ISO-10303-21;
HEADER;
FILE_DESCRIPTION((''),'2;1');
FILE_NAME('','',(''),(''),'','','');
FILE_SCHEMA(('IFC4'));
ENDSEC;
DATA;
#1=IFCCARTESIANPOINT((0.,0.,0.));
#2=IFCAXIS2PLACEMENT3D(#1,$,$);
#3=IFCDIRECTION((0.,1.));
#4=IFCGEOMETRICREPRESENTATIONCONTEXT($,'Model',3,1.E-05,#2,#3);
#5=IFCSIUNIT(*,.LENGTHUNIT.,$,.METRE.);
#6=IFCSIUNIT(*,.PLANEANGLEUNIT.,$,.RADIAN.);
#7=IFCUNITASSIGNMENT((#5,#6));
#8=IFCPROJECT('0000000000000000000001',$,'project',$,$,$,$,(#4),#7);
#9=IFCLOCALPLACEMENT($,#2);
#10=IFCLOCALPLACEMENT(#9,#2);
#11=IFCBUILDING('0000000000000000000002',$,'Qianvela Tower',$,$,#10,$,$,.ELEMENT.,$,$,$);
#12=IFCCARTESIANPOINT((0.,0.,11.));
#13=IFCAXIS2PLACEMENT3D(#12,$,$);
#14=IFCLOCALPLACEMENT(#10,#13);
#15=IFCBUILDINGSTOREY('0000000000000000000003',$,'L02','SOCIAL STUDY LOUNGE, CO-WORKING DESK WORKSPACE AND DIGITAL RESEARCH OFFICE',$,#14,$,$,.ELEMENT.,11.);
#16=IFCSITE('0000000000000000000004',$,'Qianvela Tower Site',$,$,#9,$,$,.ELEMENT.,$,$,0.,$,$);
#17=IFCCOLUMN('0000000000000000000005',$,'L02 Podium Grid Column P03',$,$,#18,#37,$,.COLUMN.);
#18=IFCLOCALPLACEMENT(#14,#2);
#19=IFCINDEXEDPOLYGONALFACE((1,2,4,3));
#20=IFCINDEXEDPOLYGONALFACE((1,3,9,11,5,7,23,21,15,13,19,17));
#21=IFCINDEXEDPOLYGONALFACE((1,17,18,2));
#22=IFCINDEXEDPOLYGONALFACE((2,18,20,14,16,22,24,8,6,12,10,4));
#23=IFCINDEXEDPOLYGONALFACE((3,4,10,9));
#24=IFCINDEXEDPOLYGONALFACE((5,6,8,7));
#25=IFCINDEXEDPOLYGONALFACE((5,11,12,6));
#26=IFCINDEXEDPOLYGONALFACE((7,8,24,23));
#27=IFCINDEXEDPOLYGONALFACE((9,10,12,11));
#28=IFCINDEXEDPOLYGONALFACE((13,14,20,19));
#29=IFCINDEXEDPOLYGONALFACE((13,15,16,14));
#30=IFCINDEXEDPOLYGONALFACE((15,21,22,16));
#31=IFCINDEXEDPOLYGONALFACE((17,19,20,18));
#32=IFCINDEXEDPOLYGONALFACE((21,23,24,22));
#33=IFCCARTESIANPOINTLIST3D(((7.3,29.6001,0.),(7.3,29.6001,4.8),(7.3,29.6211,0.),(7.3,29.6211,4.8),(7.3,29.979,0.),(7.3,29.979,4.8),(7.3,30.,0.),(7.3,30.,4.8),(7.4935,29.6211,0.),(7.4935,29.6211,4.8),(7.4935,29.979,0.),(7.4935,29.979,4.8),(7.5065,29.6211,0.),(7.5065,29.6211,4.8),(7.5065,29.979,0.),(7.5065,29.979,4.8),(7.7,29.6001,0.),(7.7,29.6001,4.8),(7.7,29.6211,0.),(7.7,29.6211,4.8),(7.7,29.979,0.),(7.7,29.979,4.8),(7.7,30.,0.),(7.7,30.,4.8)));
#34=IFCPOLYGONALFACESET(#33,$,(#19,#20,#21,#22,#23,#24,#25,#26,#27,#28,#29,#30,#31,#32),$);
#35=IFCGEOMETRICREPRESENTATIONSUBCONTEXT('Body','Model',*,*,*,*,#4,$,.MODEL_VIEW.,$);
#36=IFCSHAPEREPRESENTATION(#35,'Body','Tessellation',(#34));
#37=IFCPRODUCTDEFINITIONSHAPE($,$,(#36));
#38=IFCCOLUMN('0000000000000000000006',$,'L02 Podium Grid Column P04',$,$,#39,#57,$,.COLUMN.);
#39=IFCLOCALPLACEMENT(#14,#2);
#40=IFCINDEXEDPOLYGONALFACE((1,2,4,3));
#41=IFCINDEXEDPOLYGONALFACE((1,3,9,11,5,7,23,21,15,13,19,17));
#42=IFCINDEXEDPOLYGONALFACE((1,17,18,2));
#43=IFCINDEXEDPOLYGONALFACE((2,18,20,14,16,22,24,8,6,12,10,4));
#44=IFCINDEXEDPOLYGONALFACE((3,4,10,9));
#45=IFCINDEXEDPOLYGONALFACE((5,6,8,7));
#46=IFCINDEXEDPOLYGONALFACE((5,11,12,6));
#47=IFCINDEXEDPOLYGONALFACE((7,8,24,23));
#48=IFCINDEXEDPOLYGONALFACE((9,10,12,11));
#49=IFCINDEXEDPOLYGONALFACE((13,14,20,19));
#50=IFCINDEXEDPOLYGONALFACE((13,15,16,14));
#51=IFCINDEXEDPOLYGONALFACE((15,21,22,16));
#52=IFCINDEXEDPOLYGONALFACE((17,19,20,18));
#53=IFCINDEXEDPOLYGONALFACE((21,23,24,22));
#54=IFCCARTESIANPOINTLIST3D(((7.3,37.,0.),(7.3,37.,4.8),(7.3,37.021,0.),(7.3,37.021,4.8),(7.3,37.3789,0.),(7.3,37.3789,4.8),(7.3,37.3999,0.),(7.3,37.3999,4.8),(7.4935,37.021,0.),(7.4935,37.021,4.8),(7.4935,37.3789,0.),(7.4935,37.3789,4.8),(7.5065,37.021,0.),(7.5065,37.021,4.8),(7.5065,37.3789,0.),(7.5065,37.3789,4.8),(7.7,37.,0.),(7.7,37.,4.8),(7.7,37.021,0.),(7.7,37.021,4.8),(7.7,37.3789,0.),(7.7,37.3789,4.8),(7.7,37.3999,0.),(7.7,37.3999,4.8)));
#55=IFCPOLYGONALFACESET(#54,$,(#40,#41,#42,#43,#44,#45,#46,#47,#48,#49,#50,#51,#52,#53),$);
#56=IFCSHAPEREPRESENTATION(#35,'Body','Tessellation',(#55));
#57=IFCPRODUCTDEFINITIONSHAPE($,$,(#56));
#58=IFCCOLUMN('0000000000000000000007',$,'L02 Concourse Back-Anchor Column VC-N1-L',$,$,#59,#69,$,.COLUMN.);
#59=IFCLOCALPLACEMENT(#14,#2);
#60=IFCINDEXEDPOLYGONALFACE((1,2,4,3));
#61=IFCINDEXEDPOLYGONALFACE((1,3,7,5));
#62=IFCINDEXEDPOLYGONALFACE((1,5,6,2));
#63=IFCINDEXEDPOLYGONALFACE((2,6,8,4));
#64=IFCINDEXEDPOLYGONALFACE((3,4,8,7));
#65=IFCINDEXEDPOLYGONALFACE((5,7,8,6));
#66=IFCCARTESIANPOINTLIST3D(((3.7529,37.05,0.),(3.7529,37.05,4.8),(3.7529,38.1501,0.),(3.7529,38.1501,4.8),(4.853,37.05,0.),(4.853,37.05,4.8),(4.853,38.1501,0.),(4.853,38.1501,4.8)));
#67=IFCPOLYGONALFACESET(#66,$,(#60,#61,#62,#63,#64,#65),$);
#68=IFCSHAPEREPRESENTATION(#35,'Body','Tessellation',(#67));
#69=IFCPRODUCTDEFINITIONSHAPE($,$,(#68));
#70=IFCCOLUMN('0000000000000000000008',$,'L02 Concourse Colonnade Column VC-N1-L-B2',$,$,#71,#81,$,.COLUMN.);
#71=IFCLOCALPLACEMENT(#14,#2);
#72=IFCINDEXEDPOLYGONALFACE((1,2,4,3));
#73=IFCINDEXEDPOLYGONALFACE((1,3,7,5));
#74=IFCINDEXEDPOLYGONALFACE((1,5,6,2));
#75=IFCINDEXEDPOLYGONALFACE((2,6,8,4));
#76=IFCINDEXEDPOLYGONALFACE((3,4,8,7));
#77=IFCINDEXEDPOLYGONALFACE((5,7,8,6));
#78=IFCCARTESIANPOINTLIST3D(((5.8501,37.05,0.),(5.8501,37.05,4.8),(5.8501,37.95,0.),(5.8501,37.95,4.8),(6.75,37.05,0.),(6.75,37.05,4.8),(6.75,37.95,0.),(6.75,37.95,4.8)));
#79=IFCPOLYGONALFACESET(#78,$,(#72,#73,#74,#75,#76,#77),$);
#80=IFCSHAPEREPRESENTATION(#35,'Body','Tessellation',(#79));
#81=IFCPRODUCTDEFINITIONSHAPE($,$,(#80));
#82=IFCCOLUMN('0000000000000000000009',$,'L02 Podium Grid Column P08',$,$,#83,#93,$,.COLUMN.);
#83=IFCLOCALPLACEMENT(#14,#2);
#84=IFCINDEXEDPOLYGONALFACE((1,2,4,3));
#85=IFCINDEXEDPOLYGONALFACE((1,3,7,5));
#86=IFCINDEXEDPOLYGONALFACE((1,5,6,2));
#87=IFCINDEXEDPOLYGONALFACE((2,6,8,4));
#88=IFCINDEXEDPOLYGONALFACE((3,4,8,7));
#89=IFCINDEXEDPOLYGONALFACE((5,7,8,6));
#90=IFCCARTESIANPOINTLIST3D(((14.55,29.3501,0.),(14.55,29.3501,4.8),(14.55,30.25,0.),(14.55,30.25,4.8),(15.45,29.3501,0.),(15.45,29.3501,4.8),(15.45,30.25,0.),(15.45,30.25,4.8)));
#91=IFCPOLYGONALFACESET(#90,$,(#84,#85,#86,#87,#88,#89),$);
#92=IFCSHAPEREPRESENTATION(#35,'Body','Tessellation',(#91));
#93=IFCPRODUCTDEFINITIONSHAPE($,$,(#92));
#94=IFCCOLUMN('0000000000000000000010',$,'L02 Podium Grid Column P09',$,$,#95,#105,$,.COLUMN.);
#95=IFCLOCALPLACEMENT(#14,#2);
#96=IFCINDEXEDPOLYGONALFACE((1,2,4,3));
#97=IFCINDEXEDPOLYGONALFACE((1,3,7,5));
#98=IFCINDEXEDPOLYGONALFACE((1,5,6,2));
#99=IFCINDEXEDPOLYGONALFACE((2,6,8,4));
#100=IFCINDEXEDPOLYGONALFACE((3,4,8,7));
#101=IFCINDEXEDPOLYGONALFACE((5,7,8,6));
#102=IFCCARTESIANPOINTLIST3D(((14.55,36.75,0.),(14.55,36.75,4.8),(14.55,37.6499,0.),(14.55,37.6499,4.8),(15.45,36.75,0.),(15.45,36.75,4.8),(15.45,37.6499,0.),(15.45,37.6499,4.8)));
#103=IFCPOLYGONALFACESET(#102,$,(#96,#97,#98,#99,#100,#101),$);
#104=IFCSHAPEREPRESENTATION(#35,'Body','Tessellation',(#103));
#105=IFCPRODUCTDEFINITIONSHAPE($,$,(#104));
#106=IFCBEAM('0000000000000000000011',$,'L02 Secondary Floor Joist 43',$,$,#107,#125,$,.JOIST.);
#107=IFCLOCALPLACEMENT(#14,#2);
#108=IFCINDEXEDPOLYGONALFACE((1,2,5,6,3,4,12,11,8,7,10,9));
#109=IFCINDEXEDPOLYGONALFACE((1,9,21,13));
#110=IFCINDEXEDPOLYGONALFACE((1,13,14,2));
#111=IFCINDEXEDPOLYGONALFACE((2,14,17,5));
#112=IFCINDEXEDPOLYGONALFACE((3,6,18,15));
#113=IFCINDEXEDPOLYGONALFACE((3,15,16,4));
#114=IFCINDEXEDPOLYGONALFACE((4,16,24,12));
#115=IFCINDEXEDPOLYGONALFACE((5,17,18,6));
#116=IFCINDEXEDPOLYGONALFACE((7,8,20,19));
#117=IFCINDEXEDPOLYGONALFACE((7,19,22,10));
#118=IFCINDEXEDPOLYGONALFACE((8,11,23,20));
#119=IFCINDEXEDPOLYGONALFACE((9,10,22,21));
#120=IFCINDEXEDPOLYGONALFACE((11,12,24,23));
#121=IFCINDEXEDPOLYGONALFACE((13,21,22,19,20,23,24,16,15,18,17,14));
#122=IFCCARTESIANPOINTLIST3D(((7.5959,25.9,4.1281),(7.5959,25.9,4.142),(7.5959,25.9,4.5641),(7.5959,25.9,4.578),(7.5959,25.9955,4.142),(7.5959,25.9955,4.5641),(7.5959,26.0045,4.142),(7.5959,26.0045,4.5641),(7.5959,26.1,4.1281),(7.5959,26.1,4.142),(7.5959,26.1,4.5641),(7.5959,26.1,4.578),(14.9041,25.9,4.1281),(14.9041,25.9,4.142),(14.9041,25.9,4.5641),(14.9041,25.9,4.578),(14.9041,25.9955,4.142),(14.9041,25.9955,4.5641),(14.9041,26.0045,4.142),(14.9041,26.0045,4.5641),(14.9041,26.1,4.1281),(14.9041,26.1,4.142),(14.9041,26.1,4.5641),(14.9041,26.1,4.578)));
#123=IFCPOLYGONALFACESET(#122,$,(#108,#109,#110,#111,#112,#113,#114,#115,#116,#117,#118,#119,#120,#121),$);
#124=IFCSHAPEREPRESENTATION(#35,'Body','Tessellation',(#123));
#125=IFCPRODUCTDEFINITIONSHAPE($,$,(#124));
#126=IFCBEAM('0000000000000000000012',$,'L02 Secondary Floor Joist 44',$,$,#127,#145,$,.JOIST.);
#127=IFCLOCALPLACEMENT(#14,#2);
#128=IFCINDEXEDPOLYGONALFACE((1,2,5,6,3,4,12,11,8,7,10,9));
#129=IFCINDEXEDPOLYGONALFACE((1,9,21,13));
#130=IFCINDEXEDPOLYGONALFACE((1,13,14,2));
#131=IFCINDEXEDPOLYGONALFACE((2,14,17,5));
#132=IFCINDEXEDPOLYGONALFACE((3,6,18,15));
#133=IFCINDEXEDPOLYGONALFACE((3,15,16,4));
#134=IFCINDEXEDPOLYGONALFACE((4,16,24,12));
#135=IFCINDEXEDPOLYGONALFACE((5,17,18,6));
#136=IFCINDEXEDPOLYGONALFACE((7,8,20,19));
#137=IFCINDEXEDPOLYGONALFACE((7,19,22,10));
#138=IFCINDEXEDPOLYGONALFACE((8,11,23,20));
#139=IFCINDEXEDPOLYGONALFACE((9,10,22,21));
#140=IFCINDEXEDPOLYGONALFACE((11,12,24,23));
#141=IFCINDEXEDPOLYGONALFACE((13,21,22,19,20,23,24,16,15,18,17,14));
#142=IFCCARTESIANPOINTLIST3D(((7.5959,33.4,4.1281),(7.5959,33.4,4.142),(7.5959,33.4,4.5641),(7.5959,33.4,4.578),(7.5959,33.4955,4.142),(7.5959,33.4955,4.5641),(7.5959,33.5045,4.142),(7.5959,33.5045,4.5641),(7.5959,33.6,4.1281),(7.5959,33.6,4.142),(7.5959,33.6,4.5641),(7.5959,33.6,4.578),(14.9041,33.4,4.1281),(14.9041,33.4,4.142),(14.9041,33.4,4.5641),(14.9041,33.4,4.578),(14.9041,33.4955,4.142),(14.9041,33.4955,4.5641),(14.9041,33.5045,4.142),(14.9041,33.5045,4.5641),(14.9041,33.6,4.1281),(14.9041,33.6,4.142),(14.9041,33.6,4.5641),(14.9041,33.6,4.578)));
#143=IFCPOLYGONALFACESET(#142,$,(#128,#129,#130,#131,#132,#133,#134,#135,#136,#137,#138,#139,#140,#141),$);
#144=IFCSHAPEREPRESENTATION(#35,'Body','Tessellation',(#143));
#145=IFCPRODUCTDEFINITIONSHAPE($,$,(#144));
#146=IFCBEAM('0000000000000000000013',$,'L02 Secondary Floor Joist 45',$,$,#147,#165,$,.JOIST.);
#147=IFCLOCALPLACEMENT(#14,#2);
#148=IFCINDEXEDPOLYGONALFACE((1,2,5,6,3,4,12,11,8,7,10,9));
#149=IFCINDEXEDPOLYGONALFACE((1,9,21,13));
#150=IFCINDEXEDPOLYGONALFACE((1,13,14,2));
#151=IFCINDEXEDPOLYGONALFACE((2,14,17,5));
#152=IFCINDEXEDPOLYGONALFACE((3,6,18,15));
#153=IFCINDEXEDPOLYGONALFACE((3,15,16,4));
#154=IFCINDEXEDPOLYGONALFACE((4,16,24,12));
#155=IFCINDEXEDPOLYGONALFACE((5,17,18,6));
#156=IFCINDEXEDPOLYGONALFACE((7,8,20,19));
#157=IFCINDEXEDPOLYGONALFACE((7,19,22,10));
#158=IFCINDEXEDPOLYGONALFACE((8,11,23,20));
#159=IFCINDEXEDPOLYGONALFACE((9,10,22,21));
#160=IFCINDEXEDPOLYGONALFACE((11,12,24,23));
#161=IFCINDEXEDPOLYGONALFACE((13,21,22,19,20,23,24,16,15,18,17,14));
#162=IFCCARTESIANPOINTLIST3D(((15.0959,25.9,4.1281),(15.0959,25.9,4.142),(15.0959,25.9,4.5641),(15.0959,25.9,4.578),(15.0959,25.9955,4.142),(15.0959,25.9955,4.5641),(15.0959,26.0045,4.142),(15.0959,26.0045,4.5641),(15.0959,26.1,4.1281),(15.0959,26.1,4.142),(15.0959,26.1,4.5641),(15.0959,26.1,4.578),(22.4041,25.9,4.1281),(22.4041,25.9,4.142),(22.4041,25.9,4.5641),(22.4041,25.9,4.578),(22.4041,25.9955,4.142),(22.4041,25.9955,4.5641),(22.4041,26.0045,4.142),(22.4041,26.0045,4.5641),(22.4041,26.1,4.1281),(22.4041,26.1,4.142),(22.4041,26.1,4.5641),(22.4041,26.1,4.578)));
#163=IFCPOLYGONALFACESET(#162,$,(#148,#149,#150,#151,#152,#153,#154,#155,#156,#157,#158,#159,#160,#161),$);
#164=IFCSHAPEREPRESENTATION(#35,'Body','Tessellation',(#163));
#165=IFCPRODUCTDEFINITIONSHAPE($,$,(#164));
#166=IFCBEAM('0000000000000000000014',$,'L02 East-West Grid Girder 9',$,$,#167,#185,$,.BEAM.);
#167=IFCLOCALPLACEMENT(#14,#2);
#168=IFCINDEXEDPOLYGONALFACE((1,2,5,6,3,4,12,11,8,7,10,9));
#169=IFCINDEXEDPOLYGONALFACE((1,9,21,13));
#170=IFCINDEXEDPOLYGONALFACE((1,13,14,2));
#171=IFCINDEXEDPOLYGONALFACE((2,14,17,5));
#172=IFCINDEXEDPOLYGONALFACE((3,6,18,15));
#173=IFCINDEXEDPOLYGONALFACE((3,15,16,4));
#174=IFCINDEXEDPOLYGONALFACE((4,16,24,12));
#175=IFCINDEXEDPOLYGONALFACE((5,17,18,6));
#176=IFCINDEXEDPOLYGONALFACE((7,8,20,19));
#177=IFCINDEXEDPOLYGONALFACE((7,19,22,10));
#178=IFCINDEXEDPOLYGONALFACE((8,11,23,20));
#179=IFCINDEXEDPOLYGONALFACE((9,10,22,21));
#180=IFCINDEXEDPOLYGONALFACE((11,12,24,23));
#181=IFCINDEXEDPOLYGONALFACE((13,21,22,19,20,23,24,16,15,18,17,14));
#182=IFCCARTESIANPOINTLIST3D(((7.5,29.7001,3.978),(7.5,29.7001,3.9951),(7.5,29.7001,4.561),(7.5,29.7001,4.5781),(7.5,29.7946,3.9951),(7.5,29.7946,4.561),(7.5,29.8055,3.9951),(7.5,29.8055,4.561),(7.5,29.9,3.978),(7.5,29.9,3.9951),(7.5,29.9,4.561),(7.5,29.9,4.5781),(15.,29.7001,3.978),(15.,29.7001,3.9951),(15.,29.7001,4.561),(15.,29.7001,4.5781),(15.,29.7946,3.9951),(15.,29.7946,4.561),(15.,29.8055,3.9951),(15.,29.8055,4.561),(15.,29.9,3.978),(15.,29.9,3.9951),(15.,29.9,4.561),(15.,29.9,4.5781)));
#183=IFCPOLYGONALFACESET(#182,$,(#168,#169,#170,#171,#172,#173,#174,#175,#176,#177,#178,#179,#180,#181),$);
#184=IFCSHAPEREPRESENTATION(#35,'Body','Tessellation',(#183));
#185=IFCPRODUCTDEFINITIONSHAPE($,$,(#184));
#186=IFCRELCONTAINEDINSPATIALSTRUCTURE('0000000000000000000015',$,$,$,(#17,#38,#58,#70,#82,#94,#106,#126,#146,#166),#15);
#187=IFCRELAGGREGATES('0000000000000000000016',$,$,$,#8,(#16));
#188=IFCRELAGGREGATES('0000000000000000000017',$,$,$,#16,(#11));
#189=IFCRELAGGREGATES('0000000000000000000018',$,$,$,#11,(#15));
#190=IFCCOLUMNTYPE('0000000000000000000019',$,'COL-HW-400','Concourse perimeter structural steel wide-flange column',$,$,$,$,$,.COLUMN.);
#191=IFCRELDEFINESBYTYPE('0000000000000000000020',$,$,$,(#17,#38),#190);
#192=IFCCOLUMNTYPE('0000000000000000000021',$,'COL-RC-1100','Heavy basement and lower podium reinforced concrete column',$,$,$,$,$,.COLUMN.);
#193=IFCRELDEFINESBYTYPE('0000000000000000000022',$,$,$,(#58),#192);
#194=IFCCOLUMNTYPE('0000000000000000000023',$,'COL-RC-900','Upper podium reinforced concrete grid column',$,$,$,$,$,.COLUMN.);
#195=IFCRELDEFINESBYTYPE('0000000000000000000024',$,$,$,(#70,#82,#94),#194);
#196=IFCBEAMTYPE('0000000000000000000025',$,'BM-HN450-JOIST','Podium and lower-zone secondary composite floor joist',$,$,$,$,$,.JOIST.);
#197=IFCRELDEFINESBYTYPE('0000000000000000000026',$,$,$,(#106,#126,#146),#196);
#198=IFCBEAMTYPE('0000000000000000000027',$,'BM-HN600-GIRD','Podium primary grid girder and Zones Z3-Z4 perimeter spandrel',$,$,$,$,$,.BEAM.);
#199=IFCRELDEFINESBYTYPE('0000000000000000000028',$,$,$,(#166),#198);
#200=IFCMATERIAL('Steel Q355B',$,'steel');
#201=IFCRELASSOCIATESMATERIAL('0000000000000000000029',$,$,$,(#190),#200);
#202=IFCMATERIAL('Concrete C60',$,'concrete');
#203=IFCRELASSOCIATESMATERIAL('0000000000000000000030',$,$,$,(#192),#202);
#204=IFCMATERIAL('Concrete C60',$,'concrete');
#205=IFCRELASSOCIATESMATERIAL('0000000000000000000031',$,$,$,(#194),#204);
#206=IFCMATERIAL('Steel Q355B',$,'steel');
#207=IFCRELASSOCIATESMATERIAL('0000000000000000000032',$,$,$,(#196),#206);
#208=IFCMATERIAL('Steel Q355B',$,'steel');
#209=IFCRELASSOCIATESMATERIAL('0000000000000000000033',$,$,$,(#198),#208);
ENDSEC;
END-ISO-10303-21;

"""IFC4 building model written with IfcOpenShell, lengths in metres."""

from ifc_helpers import new_model, si_unit, direction, frame, origin, origin_2d, place, context, subcontext, project, spatial, rectangle, i_section, extrude, material, material_profile, profile_set, type_object, element, save


model = new_model("IFC4")

# Units and contexts
model_context = context("Model", 3, precision=1e-05, world=origin(), true_north=direction((0.0, 1.0)))
body_context = subcontext(model_context, "Body", "Model", "MODEL_VIEW")
ifc_project = project(units=[si_unit("LENGTHUNIT", "METRE"), si_unit("PLANEANGLEUNIT", "RADIAN")], contexts=[model_context])

# Site, building, storey
site_placement = place(None, origin())
site = spatial("IfcSite", under=ifc_project, at=site_placement, Name="Qianvela Tower Site", CompositionType="ELEMENT", RefElevation=0.0)
building_placement = place(site_placement, origin())
building = spatial("IfcBuilding", under=site, at=building_placement, Name="Qianvela Tower", CompositionType="ELEMENT")
storey_placement = place(building_placement, frame((0.0, 0.0, 11.0)))
storey = spatial("IfcBuildingStorey", under=building, at=storey_placement, Name="L02", Description="SOCIAL STUDY LOUNGE, CO-WORKING DESK WORKSPACE AND DIGITAL RESEARCH OFFICE", CompositionType="ELEMENT", Elevation=11.0)

# Columns
ifc_material_1 = material(Name="Steel Q355B", Category="steel")
ifc_material_profile_1 = material_profile(ifc_material_1, i_section(OverallWidth=0.3999, OverallDepth=0.3999, WebThickness=0.0129, FlangeThickness=0.021, at=origin_2d()), Name="HW400x400x13x21")
ifc_profile_set_1 = profile_set([ifc_material_profile_1], Name="Steel Q355B")
column_type_1 = type_object("IfcColumnType", Name="COL-HW-400", Description="Concourse perimeter structural steel wide-flange column", PredefinedType="COLUMN", material=ifc_profile_set_1)
for number, where, z_axis, x_axis, name in (
    (1, (7.5, 29.8, 0.0), (0.0, 0.0, 1.0), (1.0, 0.0, 0.0), "L02 Podium Grid Column P03"),
    (2, (7.5, 37.2, 0.0), (0.0, 0.0, 1.0), (1.0, 0.0, 0.0), "L02 Podium Grid Column P04"),
):
    element("IfcColumn", number, at=place(storey_placement, frame(where, z_axis=z_axis, x_axis=x_axis)), inside=storey, type_object=column_type_1, Name=name, PredefinedType="COLUMN", context=body_context, shape_type="SweptSolid", body=[
        extrude(i_section(OverallWidth=0.3999, OverallDepth=0.3999, WebThickness=0.0129, FlangeThickness=0.021, at=origin_2d()), origin(), (0.0, 0.0, 1.0), 4.8),
    ])
ifc_material_2 = material(Name="Concrete C60", Category="concrete")
ifc_material_profile_2 = material_profile(ifc_material_2, rectangle(XDim=1.1001, YDim=1.1001, at=origin_2d()), Name="RC-COL-1100x1100")
ifc_profile_set_2 = profile_set([ifc_material_profile_2], Name="Concrete C60")
column_type_2 = type_object("IfcColumnType", Name="COL-RC-1100", Description="Heavy basement and lower podium reinforced concrete column", PredefinedType="COLUMN", material=ifc_profile_set_2)
column_placement = place(storey_placement, frame((4.303, 37.6001, 0.0), z_axis=(0.0, 0.0, 1.0), x_axis=(1.0, 0.0, 0.0)))
element("IfcColumn", 3, at=column_placement, inside=storey, type_object=column_type_2, Name="L02 Concourse Back-Anchor Column VC-N1-L", PredefinedType="COLUMN", context=body_context, shape_type="SweptSolid", body=[
    extrude(rectangle(XDim=1.1001, YDim=1.1001, at=origin_2d()), origin(), (0.0, 0.0, 1.0), 4.8),
])
ifc_material_3 = material(Name="Concrete C60", Category="concrete")
ifc_material_profile_3 = material_profile(ifc_material_3, rectangle(XDim=0.8999, YDim=0.8999, at=origin_2d()), Name="RC-COL-900x900")
ifc_profile_set_3 = profile_set([ifc_material_profile_3], Name="Concrete C60")
column_type_3 = type_object("IfcColumnType", Name="COL-RC-900", Description="Upper podium reinforced concrete grid column", PredefinedType="COLUMN", material=ifc_profile_set_3)
for number, where, z_axis, x_axis, name in (
    (4, (6.3, 37.5, 0.0), (0.0, 0.0, 1.0), (1.0, 0.0, 0.0), "L02 Concourse Colonnade Column VC-N1-L-B2"),
    (5, (15.0, 29.8, 0.0), (0.0, 0.0, 1.0), (1.0, 0.0, 0.0), "L02 Podium Grid Column P08"),
    (6, (15.0, 37.2, 0.0), (0.0, 0.0, 1.0), (1.0, 0.0, 0.0), "L02 Podium Grid Column P09"),
):
    element("IfcColumn", number, at=place(storey_placement, frame(where, z_axis=z_axis, x_axis=x_axis)), inside=storey, type_object=column_type_3, Name=name, PredefinedType="COLUMN", context=body_context, shape_type="SweptSolid", body=[
        extrude(rectangle(XDim=0.8999, YDim=0.8999, at=origin_2d()), origin(), (0.0, 0.0, 1.0), 4.8),
    ])

# Beams
ifc_material_4 = material(Name="Steel Q355B", Category="steel")
ifc_material_profile_4 = material_profile(ifc_material_4, i_section(OverallWidth=0.2, OverallDepth=0.45, WebThickness=0.009, FlangeThickness=0.0139, at=origin_2d()), Name="HN450x200x9x14")
ifc_profile_set_4 = profile_set([ifc_material_profile_4], Name="Steel Q355B")
beam_type_1 = type_object("IfcBeamType", Name="BM-HN450-JOIST", Description="Podium and lower-zone secondary composite floor joist", PredefinedType="JOIST", material=ifc_profile_set_4)
for number, where, z_axis, x_axis, name in (
    (7, (7.5959, 26.0, 4.353), (1.0, 0.0, 0.0), (0.0, 1.0, 0.0), "L02 Secondary Floor Joist 43"),
    (8, (7.5959, 33.5, 4.353), (1.0, 0.0, 0.0), (0.0, 1.0, 0.0), "L02 Secondary Floor Joist 44"),
    (9, (15.0959, 26.0, 4.353), (1.0, 0.0, 0.0), (0.0, 1.0, 0.0), "L02 Secondary Floor Joist 45"),
):
    element("IfcBeam", number, at=place(storey_placement, frame(where, z_axis=z_axis, x_axis=x_axis)), inside=storey, type_object=beam_type_1, Name=name, PredefinedType="JOIST", context=body_context, shape_type="SweptSolid", body=[
        extrude(i_section(OverallWidth=0.2, OverallDepth=0.45, WebThickness=0.009, FlangeThickness=0.0139, at=origin_2d()), origin(), (0.0, 0.0, 1.0), 7.3081),
    ])
ifc_material_5 = material(Name="Steel Q355B", Category="steel")
ifc_material_profile_5 = material_profile(ifc_material_5, i_section(OverallWidth=0.2, OverallDepth=0.6001, WebThickness=0.011, FlangeThickness=0.0171, at=origin_2d()), Name="HN600x200x11x17")
ifc_profile_set_5 = profile_set([ifc_material_profile_5], Name="Steel Q355B")
beam_type_2 = type_object("IfcBeamType", Name="BM-HN600-GIRD", Description="Podium primary grid girder and Zones Z3-Z4 perimeter spandrel", PredefinedType="BEAM", material=ifc_profile_set_5)
for number, where, z_axis, x_axis, name in (
    (10, (7.5, 29.8, 4.2781), (1.0, 0.0, 0.0), (0.0, 1.0, 0.0), "L02 East-West Grid Girder 9"),
):
    element("IfcBeam", number, at=place(storey_placement, frame(where, z_axis=z_axis, x_axis=x_axis)), inside=storey, type_object=beam_type_2, Name=name, PredefinedType="BEAM", context=body_context, shape_type="SweptSolid", body=[
        extrude(i_section(OverallWidth=0.2, OverallDepth=0.6001, WebThickness=0.011, FlangeThickness=0.0171, at=origin_2d()), origin(), (0.0, 0.0, 1.0), 7.5),
    ])

save(model, "model.ifc")
